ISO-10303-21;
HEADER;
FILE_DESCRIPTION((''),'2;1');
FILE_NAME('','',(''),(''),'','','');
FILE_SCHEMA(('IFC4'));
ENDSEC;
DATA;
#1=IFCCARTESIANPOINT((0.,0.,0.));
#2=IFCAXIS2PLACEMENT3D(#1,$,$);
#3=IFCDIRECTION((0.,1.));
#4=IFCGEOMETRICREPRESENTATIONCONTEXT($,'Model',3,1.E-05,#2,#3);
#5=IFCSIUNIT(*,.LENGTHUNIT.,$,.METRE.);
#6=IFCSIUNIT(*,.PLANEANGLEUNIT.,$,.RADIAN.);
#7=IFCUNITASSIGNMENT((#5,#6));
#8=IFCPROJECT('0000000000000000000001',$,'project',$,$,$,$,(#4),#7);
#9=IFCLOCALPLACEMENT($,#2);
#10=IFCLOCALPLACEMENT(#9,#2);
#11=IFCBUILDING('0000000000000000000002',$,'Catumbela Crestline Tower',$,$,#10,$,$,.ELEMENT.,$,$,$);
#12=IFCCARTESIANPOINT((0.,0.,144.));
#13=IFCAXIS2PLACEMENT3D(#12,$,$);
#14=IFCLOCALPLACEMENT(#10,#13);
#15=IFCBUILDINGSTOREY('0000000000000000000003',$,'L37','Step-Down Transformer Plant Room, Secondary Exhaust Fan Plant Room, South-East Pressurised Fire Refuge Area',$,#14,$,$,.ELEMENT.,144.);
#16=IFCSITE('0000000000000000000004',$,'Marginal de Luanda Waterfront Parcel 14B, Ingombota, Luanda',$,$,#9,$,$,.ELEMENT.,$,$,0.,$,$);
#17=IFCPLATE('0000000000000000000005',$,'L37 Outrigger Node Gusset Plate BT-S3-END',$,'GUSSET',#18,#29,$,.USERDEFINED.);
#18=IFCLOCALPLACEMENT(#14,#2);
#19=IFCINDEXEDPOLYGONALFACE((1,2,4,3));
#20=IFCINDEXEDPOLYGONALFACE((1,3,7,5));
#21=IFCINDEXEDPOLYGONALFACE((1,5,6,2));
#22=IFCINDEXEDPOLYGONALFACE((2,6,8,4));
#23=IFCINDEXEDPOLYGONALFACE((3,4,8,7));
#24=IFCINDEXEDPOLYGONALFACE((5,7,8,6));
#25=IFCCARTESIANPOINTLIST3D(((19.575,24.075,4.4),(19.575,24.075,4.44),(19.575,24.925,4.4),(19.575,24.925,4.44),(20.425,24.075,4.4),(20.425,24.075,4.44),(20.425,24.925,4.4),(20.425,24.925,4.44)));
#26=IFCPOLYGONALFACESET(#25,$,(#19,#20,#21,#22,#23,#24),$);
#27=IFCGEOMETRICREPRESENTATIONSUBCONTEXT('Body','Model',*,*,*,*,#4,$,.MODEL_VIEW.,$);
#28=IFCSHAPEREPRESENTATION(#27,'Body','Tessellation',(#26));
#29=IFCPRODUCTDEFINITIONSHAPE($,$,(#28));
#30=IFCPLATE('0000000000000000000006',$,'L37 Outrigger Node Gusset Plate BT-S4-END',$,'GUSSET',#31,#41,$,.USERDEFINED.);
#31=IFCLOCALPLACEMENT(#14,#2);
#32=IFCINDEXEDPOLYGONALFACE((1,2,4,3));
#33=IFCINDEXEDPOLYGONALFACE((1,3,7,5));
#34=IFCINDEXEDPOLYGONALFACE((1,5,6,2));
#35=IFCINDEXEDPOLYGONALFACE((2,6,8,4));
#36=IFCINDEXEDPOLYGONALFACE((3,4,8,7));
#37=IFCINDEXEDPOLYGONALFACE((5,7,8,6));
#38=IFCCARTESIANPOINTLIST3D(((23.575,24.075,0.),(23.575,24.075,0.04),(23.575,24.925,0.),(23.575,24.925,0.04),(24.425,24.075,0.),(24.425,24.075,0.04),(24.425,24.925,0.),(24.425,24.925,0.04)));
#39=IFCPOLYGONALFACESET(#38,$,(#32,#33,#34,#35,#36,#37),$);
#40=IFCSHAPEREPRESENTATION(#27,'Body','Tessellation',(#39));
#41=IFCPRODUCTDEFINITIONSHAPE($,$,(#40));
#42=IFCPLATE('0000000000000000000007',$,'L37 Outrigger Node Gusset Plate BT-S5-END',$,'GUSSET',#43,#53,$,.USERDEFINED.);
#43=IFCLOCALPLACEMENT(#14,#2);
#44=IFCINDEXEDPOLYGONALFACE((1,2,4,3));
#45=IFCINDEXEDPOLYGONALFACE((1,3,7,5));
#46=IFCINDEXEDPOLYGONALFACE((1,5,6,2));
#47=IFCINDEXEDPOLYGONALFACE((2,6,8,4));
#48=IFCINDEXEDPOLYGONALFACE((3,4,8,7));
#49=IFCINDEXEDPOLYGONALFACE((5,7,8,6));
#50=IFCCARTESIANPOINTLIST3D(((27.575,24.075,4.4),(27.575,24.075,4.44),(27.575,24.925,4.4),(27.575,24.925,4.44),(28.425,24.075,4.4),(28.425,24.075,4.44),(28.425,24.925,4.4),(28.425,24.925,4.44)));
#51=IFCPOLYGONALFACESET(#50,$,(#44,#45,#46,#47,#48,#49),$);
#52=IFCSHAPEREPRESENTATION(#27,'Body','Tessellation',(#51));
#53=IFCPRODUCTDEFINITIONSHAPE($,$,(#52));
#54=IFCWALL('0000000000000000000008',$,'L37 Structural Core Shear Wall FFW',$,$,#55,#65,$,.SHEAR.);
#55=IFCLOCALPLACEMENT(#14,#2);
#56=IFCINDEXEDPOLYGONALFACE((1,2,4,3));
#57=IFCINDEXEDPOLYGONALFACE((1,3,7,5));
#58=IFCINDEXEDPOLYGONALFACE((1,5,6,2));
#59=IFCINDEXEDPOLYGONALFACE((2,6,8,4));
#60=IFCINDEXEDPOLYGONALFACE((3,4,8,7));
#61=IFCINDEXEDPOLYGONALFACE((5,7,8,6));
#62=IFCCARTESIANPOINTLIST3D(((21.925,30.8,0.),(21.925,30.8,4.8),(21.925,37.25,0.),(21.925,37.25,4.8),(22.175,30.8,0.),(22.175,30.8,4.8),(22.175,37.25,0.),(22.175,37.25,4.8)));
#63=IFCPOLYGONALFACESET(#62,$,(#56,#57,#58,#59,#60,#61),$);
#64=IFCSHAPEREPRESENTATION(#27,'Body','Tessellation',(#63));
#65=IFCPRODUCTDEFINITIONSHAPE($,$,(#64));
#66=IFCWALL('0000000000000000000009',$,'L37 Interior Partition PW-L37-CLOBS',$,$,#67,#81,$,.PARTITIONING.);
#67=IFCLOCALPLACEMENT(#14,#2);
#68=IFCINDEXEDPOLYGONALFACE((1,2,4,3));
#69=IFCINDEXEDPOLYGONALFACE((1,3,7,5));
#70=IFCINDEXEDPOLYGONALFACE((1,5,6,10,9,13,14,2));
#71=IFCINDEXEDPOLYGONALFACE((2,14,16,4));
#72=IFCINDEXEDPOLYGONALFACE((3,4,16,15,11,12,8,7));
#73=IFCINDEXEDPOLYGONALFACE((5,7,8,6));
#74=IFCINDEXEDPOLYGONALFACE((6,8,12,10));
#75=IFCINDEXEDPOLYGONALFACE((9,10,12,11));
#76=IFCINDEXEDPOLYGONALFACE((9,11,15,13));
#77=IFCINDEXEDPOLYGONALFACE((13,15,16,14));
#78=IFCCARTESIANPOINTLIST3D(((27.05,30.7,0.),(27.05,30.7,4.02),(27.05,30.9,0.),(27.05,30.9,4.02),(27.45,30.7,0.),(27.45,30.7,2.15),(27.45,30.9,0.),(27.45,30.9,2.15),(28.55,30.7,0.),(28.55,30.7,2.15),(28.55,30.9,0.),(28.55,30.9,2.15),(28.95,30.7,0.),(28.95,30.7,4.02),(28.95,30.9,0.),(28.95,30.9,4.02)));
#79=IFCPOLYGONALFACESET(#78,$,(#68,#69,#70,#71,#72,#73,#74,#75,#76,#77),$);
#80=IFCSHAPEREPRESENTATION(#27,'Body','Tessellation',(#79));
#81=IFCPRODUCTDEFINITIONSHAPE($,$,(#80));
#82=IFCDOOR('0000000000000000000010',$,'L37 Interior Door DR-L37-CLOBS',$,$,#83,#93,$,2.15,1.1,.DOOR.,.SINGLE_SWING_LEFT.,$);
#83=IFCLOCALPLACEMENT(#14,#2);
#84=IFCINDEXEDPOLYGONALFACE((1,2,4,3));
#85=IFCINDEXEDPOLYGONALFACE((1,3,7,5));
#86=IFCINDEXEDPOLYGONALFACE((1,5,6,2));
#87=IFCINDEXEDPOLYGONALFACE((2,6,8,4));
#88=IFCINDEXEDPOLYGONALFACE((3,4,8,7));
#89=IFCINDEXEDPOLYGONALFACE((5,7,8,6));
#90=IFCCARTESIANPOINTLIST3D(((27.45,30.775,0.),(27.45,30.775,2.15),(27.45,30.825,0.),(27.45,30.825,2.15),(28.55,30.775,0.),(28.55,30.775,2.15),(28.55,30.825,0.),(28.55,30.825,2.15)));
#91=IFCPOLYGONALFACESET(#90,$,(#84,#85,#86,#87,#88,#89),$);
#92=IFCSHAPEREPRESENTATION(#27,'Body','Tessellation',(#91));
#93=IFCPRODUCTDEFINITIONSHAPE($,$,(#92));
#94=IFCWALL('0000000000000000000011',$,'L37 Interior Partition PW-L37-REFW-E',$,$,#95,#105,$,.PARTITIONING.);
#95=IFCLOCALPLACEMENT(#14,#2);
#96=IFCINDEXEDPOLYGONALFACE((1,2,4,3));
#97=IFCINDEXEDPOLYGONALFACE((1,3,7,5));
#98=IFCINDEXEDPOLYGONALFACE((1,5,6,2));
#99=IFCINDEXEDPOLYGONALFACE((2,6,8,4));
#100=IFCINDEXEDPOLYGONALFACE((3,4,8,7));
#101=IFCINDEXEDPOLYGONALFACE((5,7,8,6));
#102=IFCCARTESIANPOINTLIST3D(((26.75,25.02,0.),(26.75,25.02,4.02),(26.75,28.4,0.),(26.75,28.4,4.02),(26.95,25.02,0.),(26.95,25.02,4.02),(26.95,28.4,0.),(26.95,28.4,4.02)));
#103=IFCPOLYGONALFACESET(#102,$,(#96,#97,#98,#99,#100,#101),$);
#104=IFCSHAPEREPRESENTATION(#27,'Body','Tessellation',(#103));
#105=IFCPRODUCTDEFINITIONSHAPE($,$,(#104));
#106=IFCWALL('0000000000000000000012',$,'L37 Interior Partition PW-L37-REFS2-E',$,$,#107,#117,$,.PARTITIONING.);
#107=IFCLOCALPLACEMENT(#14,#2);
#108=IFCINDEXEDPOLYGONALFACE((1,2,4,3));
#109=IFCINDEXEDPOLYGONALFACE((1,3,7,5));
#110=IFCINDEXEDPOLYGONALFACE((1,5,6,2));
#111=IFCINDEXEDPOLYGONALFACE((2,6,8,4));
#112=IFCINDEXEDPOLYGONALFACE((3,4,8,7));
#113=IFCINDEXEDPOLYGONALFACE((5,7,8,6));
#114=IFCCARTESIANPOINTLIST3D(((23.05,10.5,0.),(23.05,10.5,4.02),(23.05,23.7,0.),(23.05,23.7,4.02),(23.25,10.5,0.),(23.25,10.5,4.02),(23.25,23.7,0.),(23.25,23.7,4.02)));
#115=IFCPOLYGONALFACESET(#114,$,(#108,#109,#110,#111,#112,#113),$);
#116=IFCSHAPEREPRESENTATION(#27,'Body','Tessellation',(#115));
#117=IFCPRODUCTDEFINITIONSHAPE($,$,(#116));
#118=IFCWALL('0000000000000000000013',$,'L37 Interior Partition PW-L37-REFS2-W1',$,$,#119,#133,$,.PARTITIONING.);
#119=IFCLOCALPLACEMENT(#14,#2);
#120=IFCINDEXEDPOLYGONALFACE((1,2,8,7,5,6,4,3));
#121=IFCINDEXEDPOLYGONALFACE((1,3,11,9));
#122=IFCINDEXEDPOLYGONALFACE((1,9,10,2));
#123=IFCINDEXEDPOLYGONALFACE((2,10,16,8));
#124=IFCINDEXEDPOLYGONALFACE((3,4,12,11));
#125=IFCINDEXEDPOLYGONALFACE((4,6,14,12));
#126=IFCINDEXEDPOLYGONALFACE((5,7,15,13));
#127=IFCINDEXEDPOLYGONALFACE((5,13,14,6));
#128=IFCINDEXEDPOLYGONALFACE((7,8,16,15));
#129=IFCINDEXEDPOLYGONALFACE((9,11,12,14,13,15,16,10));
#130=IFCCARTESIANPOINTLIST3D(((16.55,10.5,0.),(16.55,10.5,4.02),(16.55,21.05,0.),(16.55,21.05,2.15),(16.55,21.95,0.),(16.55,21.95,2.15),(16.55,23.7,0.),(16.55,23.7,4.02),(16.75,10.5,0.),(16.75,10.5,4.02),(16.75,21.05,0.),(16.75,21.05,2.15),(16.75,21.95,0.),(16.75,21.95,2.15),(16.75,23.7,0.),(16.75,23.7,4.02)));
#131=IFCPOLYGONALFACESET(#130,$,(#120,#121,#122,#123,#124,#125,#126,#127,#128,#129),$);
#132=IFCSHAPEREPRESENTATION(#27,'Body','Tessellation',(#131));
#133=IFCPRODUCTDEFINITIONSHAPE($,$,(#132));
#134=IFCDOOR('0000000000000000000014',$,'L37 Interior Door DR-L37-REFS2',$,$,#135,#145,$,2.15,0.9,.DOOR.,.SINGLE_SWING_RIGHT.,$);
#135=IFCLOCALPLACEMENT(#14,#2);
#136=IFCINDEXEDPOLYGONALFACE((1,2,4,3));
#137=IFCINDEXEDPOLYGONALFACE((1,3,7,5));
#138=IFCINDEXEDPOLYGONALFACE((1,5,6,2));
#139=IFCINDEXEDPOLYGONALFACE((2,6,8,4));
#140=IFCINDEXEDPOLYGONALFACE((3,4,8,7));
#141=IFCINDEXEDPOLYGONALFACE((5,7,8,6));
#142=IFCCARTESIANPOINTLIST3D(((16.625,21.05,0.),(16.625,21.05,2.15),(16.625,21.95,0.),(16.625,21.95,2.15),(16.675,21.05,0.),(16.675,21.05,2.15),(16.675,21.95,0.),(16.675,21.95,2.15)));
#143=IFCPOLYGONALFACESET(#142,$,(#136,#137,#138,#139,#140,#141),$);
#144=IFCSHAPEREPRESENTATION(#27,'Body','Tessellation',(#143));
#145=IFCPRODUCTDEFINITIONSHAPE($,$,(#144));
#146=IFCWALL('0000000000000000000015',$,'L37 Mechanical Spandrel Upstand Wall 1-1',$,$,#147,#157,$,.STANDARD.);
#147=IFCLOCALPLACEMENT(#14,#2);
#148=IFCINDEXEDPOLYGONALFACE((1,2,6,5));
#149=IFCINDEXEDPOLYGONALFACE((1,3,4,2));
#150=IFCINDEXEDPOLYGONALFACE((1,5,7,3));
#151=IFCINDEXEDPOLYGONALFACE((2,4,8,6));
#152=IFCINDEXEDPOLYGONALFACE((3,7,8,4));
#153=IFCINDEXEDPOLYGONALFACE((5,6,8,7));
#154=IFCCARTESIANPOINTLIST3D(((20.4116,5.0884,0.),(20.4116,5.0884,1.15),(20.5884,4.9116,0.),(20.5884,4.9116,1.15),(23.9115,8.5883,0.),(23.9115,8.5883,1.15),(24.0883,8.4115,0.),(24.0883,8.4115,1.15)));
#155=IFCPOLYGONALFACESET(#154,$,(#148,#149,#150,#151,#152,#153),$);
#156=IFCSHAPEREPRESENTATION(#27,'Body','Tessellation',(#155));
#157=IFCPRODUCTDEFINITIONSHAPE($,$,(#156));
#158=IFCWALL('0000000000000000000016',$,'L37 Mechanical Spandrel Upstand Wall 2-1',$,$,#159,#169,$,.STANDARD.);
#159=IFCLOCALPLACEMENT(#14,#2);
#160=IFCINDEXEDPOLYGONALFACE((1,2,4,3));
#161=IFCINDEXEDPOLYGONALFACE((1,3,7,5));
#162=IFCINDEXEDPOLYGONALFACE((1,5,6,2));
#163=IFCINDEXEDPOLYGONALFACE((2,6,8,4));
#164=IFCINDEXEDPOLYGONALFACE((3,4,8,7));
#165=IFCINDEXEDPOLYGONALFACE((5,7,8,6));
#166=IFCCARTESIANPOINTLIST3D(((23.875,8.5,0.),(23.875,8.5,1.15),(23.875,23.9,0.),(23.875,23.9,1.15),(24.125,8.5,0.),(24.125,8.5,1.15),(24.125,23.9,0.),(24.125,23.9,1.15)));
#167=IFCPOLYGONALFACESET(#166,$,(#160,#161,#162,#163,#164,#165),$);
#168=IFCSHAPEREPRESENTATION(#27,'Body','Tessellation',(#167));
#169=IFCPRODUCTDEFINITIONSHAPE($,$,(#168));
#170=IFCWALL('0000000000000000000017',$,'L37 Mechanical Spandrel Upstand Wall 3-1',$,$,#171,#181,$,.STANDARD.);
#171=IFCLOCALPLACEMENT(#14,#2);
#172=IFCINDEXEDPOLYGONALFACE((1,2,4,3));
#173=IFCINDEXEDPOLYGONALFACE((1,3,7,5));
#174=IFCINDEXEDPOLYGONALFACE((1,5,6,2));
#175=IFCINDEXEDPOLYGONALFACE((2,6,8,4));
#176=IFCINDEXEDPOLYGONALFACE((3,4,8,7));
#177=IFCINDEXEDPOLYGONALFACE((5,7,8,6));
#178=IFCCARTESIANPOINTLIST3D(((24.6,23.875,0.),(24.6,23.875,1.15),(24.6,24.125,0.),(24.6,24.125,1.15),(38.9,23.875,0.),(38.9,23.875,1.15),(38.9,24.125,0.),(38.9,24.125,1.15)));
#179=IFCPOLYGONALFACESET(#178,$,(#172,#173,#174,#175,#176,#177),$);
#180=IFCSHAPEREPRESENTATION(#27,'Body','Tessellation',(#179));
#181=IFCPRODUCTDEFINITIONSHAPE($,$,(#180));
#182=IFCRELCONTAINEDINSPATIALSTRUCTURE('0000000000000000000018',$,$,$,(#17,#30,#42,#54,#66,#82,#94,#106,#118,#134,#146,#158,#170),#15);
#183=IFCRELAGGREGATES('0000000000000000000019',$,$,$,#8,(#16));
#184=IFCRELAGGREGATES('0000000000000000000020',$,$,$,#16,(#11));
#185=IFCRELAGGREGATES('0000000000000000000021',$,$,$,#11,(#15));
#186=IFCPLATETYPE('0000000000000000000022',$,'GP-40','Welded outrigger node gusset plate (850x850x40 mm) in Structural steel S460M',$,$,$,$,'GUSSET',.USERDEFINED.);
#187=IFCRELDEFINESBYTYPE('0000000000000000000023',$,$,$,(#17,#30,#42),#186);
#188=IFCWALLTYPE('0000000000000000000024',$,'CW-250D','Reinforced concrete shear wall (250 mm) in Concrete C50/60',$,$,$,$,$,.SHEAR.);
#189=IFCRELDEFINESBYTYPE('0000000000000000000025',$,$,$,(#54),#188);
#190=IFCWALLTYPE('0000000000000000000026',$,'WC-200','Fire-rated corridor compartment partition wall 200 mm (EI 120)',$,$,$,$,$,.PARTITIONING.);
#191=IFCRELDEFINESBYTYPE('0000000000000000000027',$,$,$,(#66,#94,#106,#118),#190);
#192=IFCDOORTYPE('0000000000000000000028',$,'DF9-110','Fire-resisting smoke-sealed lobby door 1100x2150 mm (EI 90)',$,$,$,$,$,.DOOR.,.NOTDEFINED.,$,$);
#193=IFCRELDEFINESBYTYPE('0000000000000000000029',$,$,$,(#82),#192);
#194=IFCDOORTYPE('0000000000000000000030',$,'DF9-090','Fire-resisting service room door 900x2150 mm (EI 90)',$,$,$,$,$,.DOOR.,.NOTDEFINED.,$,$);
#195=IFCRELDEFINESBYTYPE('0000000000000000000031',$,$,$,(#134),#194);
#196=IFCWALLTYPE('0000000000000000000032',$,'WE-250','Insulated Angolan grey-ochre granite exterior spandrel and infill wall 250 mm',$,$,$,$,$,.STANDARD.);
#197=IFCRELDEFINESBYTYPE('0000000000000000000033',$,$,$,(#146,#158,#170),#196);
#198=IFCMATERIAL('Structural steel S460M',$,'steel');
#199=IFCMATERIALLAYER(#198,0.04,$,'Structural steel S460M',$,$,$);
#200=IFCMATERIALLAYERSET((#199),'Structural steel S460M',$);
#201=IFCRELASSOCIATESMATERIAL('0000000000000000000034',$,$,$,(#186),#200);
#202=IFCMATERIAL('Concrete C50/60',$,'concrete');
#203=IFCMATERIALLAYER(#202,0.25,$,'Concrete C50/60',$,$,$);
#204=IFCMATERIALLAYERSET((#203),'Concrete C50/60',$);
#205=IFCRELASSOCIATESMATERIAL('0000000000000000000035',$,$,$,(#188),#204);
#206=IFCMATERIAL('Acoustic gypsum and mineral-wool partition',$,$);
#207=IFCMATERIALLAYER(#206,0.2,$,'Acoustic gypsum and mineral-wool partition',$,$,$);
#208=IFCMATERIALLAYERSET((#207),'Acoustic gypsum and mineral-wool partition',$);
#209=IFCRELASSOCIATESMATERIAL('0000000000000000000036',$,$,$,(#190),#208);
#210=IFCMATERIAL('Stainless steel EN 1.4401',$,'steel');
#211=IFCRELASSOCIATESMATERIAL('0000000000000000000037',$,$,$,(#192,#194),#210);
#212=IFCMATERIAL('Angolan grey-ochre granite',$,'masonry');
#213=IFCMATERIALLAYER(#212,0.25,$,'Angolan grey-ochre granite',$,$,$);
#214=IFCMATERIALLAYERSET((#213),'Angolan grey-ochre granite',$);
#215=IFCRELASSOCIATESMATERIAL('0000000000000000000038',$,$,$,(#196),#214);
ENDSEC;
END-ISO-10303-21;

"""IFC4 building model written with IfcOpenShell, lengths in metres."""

from ifc_helpers import new_model, si_unit, direction, frame, frame_2d, origin, origin_2d, place, context, subcontext, project, spatial, rectangle, extrude, material, layer, layer_set, type_object, element, fill, save


model = new_model("IFC4")

# Units and contexts
model_context = context("Model", 3, precision=1e-05, world=origin(), true_north=direction((0.0, 1.0)))
body_context = subcontext(model_context, "Body", "Model", "MODEL_VIEW")
ifc_project = project(units=[si_unit("LENGTHUNIT", "METRE"), si_unit("PLANEANGLEUNIT", "RADIAN")], contexts=[model_context])

# Site, building, storey
site_placement = place(None, origin())
site = spatial("IfcSite", under=ifc_project, at=site_placement, Name="Marginal de Luanda Waterfront Parcel 14B, Ingombota, Luanda", CompositionType="ELEMENT", RefElevation=0.0)
building_placement = place(site_placement, origin())
building = spatial("IfcBuilding", under=site, at=building_placement, Name="Catumbela Crestline Tower", CompositionType="ELEMENT")
storey_placement = place(building_placement, frame((0.0, 0.0, 144.0)))
storey = spatial("IfcBuildingStorey", under=building, at=storey_placement, Name="L37", Description="Step-Down Transformer Plant Room, Secondary Exhaust Fan Plant Room, South-East Pressurised Fire Refuge Area", CompositionType="ELEMENT", Elevation=144.0)

# Shared definitions
ifc_material_1 = material(Name="Concrete C50/60", Category="concrete")
ifc_material_2 = material(Name="Structural steel S460M", Category="steel")

# Plates
ifc_layer_1 = layer(ifc_material_2, 0.04, Name="Structural steel S460M")
ifc_layer_set_1 = layer_set([ifc_layer_1], Name="Structural steel S460M")
plate_type = type_object("IfcPlateType", Name="GP-40", Description="Welded outrigger node gusset plate (850x850x40 mm) in Structural steel S460M", ElementType="GUSSET", PredefinedType="USERDEFINED", material=ifc_layer_set_1)
for number, where, z_axis, x_axis, name in (
    (1, (20.0, 24.5, 4.4), (0.0, 0.0, 1.0), (1.0, 0.0, 0.0), "L37 Outrigger Node Gusset Plate BT-S3-END"),
    (2, (24.0, 24.5, 0.0), (0.0, 0.0, 1.0), (1.0, 0.0, 0.0), "L37 Outrigger Node Gusset Plate BT-S4-END"),
    (3, (28.0, 24.5, 4.4), (0.0, 0.0, 1.0), (1.0, 0.0, 0.0), "L37 Outrigger Node Gusset Plate BT-S5-END"),
):
    element("IfcPlate", number, at=place(storey_placement, frame(where, z_axis=z_axis, x_axis=x_axis)), inside=storey, type_object=plate_type, Name=name, ObjectType="GUSSET", PredefinedType="USERDEFINED", context=body_context, shape_type="SweptSolid", body=[
        extrude(rectangle(XDim=0.85, YDim=0.85, at=origin_2d()), origin(), (0.0, 0.0, 1.0), 0.04),
    ])

# Wall
ifc_layer_2 = layer(ifc_material_1, 0.25, Name="Concrete C50/60")
ifc_layer_set_2 = layer_set([ifc_layer_2], Name="Concrete C50/60")
wall_type_1 = type_object("IfcWallType", Name="CW-250D", Description="Reinforced concrete shear wall (250 mm) in Concrete C50/60", PredefinedType="SHEAR", material=ifc_layer_set_2)
wall_1_placement = place(storey_placement, frame((22.05, 30.8, 0.0), z_axis=(0.0, 0.0, 1.0), x_axis=(0.0, 1.0, 0.0)))
element("IfcWall", 4, at=wall_1_placement, inside=storey, type_object=wall_type_1, Name="L37 Structural Core Shear Wall FFW", PredefinedType="SHEAR", context=body_context, shape_type="SweptSolid", body=[
    extrude(rectangle(XDim=6.45, YDim=0.25, at=frame_2d((3.225, 0.0))), origin(), (0.0, 0.0, 1.0), 4.8),
])

# Wall, opening, door
ifc_material_3 = material(Name="Acoustic gypsum and mineral-wool partition")
ifc_layer_3 = layer(ifc_material_3, 0.2, Name="Acoustic gypsum and mineral-wool partition")
ifc_layer_set_3 = layer_set([ifc_layer_3], Name="Acoustic gypsum and mineral-wool partition")
wall_type_2 = type_object("IfcWallType", Name="WC-200", Description="Fire-rated corridor compartment partition wall 200 mm (EI 120)", PredefinedType="PARTITIONING", material=ifc_layer_set_3)
wall_2_placement = place(storey_placement, frame((27.05, 30.8, 0.0), z_axis=(0.0, 0.0, 1.0), x_axis=(1.0, 0.0, 0.0)))
wall_2 = element("IfcWall", 5, at=wall_2_placement, inside=storey, type_object=wall_type_2, Name="L37 Interior Partition PW-L37-CLOBS", PredefinedType="PARTITIONING", context=body_context, shape_type="SweptSolid", body=[
    extrude(rectangle(XDim=1.9, YDim=0.2, at=frame_2d((0.95, 0.0))), origin(), (0.0, 0.0, 1.0), 4.02),
])
opening_1_placement = place(wall_2_placement, frame((0.4, 0.0, 0.0)))
opening_1 = element("IfcOpeningElement", 6, at=opening_1_placement, cuts=wall_2, PredefinedType="OPENING", context=body_context, shape_type="SweptSolid", body=[
    extrude(rectangle(XDim=1.1, YDim=2.15, at=frame_2d((0.55, 1.075))), frame((0.0, 0.11, 0.0), z_axis=(0.0, -1.0, 0.0), x_axis=(1.0, 0.0, 0.0)), (0.0, 0.0, 1.0), 0.22),
])
ifc_material_4 = material(Name="Stainless steel EN 1.4401", Category="steel")
door_type_1 = type_object("IfcDoorType", Name="DF9-110", Description="Fire-resisting smoke-sealed lobby door 1100x2150 mm (EI 90)", OperationType="NOTDEFINED", PredefinedType="DOOR", material=ifc_material_4)
door_1_placement = place(opening_1_placement, origin())
door_1 = element("IfcDoor", 7, at=door_1_placement, inside=storey, type_object=door_type_1, Name="L37 Interior Door DR-L37-CLOBS", OperationType="SINGLE_SWING_LEFT", OverallHeight=2.15, OverallWidth=1.1, PredefinedType="DOOR", context=body_context, shape_type="SweptSolid", body=[
    extrude(rectangle(XDim=1.1, YDim=2.15, at=frame_2d((0.55, 1.075))), frame((0.0, 0.025, 0.0), z_axis=(0.0, -1.0, 0.0), x_axis=(1.0, 0.0, 0.0)), (0.0, 0.0, 1.0), 0.05),
])
fill(opening_1, door_1)

# Walls
wall_3_placement = place(storey_placement, frame((26.85, 25.02, 0.0), z_axis=(0.0, 0.0, 1.0), x_axis=(0.0, 1.0, 0.0)))
element("IfcWall", 8, at=wall_3_placement, inside=storey, type_object=wall_type_2, Name="L37 Interior Partition PW-L37-REFW-E", PredefinedType="PARTITIONING", context=body_context, shape_type="SweptSolid", body=[
    extrude(rectangle(XDim=3.38, YDim=0.2, at=frame_2d((1.69, 0.0))), origin(), (0.0, 0.0, 1.0), 4.02),
])
wall_4_placement = place(storey_placement, frame((23.15, 10.5, 0.0), z_axis=(0.0, 0.0, 1.0), x_axis=(0.0, 1.0, 0.0)))
element("IfcWall", 9, at=wall_4_placement, inside=storey, type_object=wall_type_2, Name="L37 Interior Partition PW-L37-REFS2-E", PredefinedType="PARTITIONING", context=body_context, shape_type="SweptSolid", body=[
    extrude(rectangle(XDim=13.2, YDim=0.2, at=frame_2d((6.6, 0.0))), origin(), (0.0, 0.0, 1.0), 4.02),
])

# Wall, opening, door
wall_5_placement = place(storey_placement, frame((16.65, 10.5, 0.0), z_axis=(0.0, 0.0, 1.0), x_axis=(0.0, 1.0, 0.0)))
wall_5 = element("IfcWall", 10, at=wall_5_placement, inside=storey, type_object=wall_type_2, Name="L37 Interior Partition PW-L37-REFS2-W1", PredefinedType="PARTITIONING", context=body_context, shape_type="SweptSolid", body=[
    extrude(rectangle(XDim=13.2, YDim=0.2, at=frame_2d((6.6, 0.0))), origin(), (0.0, 0.0, 1.0), 4.02),
])
opening_2_placement = place(wall_5_placement, frame((10.55, 0.0, 0.0)))
opening_2 = element("IfcOpeningElement", 11, at=opening_2_placement, cuts=wall_5, PredefinedType="OPENING", context=body_context, shape_type="SweptSolid", body=[
    extrude(rectangle(XDim=0.9, YDim=2.15, at=frame_2d((0.45, 1.075))), frame((0.0, 0.11, 0.0), z_axis=(0.0, -1.0, 0.0), x_axis=(1.0, 0.0, 0.0)), (0.0, 0.0, 1.0), 0.22),
])
door_type_2 = type_object("IfcDoorType", Name="DF9-090", Description="Fire-resisting service room door 900x2150 mm (EI 90)", OperationType="NOTDEFINED", PredefinedType="DOOR", material=ifc_material_4)
door_2_placement = place(opening_2_placement, origin())
door_2 = element("IfcDoor", 12, at=door_2_placement, inside=storey, type_object=door_type_2, Name="L37 Interior Door DR-L37-REFS2", OperationType="SINGLE_SWING_RIGHT", OverallHeight=2.15, OverallWidth=0.9, PredefinedType="DOOR", context=body_context, shape_type="SweptSolid", body=[
    extrude(rectangle(XDim=0.9, YDim=2.15, at=frame_2d((0.45, 1.075))), frame((0.0, 0.025, 0.0), z_axis=(0.0, -1.0, 0.0), x_axis=(1.0, 0.0, 0.0)), (0.0, 0.0, 1.0), 0.05),
])
fill(opening_2, door_2)

# Walls
ifc_material_5 = material(Name="Angolan grey-ochre granite", Category="masonry")
ifc_layer_4 = layer(ifc_material_5, 0.25, Name="Angolan grey-ochre granite")
ifc_layer_set_4 = layer_set([ifc_layer_4], Name="Angolan grey-ochre granite")
wall_type_3 = type_object("IfcWallType", Name="WE-250", Description="Insulated Angolan grey-ochre granite exterior spandrel and infill wall 250 mm", PredefinedType="STANDARD", material=ifc_layer_set_4)
wall_6_placement = place(storey_placement, frame((20.5, 5.0, 0.0), z_axis=(0.0, 0.0, 1.0), x_axis=(0.707107, 0.707107, 0.0)))
element("IfcWall", 13, at=wall_6_placement, inside=storey, type_object=wall_type_3, Name="L37 Mechanical Spandrel Upstand Wall 1-1", PredefinedType="STANDARD", context=body_context, shape_type="SweptSolid", body=[
    extrude(rectangle(XDim=4.9497, YDim=0.25, at=frame_2d((2.4748, 0.0))), origin(), (0.0, 0.0, 1.0), 1.15),
])
wall_7_placement = place(storey_placement, frame((24.0, 8.5, 0.0), z_axis=(0.0, 0.0, 1.0), x_axis=(0.0, 1.0, 0.0)))
element("IfcWall", 14, at=wall_7_placement, inside=storey, type_object=wall_type_3, Name="L37 Mechanical Spandrel Upstand Wall 2-1", PredefinedType="STANDARD", context=body_context, shape_type="SweptSolid", body=[
    extrude(rectangle(XDim=15.4, YDim=0.25, at=frame_2d((7.7, 0.0))), origin(), (0.0, 0.0, 1.0), 1.15),
])
wall_8_placement = place(storey_placement, frame((24.6, 24.0, 0.0), z_axis=(0.0, 0.0, 1.0), x_axis=(1.0, 0.0, 0.0)))
element("IfcWall", 15, at=wall_8_placement, inside=storey, type_object=wall_type_3, Name="L37 Mechanical Spandrel Upstand Wall 3-1", PredefinedType="STANDARD", context=body_context, shape_type="SweptSolid", body=[
    extrude(rectangle(XDim=14.3, YDim=0.25, at=frame_2d((7.15, 0.0))), origin(), (0.0, 0.0, 1.0), 1.15),
])

save(model, "model.ifc")
